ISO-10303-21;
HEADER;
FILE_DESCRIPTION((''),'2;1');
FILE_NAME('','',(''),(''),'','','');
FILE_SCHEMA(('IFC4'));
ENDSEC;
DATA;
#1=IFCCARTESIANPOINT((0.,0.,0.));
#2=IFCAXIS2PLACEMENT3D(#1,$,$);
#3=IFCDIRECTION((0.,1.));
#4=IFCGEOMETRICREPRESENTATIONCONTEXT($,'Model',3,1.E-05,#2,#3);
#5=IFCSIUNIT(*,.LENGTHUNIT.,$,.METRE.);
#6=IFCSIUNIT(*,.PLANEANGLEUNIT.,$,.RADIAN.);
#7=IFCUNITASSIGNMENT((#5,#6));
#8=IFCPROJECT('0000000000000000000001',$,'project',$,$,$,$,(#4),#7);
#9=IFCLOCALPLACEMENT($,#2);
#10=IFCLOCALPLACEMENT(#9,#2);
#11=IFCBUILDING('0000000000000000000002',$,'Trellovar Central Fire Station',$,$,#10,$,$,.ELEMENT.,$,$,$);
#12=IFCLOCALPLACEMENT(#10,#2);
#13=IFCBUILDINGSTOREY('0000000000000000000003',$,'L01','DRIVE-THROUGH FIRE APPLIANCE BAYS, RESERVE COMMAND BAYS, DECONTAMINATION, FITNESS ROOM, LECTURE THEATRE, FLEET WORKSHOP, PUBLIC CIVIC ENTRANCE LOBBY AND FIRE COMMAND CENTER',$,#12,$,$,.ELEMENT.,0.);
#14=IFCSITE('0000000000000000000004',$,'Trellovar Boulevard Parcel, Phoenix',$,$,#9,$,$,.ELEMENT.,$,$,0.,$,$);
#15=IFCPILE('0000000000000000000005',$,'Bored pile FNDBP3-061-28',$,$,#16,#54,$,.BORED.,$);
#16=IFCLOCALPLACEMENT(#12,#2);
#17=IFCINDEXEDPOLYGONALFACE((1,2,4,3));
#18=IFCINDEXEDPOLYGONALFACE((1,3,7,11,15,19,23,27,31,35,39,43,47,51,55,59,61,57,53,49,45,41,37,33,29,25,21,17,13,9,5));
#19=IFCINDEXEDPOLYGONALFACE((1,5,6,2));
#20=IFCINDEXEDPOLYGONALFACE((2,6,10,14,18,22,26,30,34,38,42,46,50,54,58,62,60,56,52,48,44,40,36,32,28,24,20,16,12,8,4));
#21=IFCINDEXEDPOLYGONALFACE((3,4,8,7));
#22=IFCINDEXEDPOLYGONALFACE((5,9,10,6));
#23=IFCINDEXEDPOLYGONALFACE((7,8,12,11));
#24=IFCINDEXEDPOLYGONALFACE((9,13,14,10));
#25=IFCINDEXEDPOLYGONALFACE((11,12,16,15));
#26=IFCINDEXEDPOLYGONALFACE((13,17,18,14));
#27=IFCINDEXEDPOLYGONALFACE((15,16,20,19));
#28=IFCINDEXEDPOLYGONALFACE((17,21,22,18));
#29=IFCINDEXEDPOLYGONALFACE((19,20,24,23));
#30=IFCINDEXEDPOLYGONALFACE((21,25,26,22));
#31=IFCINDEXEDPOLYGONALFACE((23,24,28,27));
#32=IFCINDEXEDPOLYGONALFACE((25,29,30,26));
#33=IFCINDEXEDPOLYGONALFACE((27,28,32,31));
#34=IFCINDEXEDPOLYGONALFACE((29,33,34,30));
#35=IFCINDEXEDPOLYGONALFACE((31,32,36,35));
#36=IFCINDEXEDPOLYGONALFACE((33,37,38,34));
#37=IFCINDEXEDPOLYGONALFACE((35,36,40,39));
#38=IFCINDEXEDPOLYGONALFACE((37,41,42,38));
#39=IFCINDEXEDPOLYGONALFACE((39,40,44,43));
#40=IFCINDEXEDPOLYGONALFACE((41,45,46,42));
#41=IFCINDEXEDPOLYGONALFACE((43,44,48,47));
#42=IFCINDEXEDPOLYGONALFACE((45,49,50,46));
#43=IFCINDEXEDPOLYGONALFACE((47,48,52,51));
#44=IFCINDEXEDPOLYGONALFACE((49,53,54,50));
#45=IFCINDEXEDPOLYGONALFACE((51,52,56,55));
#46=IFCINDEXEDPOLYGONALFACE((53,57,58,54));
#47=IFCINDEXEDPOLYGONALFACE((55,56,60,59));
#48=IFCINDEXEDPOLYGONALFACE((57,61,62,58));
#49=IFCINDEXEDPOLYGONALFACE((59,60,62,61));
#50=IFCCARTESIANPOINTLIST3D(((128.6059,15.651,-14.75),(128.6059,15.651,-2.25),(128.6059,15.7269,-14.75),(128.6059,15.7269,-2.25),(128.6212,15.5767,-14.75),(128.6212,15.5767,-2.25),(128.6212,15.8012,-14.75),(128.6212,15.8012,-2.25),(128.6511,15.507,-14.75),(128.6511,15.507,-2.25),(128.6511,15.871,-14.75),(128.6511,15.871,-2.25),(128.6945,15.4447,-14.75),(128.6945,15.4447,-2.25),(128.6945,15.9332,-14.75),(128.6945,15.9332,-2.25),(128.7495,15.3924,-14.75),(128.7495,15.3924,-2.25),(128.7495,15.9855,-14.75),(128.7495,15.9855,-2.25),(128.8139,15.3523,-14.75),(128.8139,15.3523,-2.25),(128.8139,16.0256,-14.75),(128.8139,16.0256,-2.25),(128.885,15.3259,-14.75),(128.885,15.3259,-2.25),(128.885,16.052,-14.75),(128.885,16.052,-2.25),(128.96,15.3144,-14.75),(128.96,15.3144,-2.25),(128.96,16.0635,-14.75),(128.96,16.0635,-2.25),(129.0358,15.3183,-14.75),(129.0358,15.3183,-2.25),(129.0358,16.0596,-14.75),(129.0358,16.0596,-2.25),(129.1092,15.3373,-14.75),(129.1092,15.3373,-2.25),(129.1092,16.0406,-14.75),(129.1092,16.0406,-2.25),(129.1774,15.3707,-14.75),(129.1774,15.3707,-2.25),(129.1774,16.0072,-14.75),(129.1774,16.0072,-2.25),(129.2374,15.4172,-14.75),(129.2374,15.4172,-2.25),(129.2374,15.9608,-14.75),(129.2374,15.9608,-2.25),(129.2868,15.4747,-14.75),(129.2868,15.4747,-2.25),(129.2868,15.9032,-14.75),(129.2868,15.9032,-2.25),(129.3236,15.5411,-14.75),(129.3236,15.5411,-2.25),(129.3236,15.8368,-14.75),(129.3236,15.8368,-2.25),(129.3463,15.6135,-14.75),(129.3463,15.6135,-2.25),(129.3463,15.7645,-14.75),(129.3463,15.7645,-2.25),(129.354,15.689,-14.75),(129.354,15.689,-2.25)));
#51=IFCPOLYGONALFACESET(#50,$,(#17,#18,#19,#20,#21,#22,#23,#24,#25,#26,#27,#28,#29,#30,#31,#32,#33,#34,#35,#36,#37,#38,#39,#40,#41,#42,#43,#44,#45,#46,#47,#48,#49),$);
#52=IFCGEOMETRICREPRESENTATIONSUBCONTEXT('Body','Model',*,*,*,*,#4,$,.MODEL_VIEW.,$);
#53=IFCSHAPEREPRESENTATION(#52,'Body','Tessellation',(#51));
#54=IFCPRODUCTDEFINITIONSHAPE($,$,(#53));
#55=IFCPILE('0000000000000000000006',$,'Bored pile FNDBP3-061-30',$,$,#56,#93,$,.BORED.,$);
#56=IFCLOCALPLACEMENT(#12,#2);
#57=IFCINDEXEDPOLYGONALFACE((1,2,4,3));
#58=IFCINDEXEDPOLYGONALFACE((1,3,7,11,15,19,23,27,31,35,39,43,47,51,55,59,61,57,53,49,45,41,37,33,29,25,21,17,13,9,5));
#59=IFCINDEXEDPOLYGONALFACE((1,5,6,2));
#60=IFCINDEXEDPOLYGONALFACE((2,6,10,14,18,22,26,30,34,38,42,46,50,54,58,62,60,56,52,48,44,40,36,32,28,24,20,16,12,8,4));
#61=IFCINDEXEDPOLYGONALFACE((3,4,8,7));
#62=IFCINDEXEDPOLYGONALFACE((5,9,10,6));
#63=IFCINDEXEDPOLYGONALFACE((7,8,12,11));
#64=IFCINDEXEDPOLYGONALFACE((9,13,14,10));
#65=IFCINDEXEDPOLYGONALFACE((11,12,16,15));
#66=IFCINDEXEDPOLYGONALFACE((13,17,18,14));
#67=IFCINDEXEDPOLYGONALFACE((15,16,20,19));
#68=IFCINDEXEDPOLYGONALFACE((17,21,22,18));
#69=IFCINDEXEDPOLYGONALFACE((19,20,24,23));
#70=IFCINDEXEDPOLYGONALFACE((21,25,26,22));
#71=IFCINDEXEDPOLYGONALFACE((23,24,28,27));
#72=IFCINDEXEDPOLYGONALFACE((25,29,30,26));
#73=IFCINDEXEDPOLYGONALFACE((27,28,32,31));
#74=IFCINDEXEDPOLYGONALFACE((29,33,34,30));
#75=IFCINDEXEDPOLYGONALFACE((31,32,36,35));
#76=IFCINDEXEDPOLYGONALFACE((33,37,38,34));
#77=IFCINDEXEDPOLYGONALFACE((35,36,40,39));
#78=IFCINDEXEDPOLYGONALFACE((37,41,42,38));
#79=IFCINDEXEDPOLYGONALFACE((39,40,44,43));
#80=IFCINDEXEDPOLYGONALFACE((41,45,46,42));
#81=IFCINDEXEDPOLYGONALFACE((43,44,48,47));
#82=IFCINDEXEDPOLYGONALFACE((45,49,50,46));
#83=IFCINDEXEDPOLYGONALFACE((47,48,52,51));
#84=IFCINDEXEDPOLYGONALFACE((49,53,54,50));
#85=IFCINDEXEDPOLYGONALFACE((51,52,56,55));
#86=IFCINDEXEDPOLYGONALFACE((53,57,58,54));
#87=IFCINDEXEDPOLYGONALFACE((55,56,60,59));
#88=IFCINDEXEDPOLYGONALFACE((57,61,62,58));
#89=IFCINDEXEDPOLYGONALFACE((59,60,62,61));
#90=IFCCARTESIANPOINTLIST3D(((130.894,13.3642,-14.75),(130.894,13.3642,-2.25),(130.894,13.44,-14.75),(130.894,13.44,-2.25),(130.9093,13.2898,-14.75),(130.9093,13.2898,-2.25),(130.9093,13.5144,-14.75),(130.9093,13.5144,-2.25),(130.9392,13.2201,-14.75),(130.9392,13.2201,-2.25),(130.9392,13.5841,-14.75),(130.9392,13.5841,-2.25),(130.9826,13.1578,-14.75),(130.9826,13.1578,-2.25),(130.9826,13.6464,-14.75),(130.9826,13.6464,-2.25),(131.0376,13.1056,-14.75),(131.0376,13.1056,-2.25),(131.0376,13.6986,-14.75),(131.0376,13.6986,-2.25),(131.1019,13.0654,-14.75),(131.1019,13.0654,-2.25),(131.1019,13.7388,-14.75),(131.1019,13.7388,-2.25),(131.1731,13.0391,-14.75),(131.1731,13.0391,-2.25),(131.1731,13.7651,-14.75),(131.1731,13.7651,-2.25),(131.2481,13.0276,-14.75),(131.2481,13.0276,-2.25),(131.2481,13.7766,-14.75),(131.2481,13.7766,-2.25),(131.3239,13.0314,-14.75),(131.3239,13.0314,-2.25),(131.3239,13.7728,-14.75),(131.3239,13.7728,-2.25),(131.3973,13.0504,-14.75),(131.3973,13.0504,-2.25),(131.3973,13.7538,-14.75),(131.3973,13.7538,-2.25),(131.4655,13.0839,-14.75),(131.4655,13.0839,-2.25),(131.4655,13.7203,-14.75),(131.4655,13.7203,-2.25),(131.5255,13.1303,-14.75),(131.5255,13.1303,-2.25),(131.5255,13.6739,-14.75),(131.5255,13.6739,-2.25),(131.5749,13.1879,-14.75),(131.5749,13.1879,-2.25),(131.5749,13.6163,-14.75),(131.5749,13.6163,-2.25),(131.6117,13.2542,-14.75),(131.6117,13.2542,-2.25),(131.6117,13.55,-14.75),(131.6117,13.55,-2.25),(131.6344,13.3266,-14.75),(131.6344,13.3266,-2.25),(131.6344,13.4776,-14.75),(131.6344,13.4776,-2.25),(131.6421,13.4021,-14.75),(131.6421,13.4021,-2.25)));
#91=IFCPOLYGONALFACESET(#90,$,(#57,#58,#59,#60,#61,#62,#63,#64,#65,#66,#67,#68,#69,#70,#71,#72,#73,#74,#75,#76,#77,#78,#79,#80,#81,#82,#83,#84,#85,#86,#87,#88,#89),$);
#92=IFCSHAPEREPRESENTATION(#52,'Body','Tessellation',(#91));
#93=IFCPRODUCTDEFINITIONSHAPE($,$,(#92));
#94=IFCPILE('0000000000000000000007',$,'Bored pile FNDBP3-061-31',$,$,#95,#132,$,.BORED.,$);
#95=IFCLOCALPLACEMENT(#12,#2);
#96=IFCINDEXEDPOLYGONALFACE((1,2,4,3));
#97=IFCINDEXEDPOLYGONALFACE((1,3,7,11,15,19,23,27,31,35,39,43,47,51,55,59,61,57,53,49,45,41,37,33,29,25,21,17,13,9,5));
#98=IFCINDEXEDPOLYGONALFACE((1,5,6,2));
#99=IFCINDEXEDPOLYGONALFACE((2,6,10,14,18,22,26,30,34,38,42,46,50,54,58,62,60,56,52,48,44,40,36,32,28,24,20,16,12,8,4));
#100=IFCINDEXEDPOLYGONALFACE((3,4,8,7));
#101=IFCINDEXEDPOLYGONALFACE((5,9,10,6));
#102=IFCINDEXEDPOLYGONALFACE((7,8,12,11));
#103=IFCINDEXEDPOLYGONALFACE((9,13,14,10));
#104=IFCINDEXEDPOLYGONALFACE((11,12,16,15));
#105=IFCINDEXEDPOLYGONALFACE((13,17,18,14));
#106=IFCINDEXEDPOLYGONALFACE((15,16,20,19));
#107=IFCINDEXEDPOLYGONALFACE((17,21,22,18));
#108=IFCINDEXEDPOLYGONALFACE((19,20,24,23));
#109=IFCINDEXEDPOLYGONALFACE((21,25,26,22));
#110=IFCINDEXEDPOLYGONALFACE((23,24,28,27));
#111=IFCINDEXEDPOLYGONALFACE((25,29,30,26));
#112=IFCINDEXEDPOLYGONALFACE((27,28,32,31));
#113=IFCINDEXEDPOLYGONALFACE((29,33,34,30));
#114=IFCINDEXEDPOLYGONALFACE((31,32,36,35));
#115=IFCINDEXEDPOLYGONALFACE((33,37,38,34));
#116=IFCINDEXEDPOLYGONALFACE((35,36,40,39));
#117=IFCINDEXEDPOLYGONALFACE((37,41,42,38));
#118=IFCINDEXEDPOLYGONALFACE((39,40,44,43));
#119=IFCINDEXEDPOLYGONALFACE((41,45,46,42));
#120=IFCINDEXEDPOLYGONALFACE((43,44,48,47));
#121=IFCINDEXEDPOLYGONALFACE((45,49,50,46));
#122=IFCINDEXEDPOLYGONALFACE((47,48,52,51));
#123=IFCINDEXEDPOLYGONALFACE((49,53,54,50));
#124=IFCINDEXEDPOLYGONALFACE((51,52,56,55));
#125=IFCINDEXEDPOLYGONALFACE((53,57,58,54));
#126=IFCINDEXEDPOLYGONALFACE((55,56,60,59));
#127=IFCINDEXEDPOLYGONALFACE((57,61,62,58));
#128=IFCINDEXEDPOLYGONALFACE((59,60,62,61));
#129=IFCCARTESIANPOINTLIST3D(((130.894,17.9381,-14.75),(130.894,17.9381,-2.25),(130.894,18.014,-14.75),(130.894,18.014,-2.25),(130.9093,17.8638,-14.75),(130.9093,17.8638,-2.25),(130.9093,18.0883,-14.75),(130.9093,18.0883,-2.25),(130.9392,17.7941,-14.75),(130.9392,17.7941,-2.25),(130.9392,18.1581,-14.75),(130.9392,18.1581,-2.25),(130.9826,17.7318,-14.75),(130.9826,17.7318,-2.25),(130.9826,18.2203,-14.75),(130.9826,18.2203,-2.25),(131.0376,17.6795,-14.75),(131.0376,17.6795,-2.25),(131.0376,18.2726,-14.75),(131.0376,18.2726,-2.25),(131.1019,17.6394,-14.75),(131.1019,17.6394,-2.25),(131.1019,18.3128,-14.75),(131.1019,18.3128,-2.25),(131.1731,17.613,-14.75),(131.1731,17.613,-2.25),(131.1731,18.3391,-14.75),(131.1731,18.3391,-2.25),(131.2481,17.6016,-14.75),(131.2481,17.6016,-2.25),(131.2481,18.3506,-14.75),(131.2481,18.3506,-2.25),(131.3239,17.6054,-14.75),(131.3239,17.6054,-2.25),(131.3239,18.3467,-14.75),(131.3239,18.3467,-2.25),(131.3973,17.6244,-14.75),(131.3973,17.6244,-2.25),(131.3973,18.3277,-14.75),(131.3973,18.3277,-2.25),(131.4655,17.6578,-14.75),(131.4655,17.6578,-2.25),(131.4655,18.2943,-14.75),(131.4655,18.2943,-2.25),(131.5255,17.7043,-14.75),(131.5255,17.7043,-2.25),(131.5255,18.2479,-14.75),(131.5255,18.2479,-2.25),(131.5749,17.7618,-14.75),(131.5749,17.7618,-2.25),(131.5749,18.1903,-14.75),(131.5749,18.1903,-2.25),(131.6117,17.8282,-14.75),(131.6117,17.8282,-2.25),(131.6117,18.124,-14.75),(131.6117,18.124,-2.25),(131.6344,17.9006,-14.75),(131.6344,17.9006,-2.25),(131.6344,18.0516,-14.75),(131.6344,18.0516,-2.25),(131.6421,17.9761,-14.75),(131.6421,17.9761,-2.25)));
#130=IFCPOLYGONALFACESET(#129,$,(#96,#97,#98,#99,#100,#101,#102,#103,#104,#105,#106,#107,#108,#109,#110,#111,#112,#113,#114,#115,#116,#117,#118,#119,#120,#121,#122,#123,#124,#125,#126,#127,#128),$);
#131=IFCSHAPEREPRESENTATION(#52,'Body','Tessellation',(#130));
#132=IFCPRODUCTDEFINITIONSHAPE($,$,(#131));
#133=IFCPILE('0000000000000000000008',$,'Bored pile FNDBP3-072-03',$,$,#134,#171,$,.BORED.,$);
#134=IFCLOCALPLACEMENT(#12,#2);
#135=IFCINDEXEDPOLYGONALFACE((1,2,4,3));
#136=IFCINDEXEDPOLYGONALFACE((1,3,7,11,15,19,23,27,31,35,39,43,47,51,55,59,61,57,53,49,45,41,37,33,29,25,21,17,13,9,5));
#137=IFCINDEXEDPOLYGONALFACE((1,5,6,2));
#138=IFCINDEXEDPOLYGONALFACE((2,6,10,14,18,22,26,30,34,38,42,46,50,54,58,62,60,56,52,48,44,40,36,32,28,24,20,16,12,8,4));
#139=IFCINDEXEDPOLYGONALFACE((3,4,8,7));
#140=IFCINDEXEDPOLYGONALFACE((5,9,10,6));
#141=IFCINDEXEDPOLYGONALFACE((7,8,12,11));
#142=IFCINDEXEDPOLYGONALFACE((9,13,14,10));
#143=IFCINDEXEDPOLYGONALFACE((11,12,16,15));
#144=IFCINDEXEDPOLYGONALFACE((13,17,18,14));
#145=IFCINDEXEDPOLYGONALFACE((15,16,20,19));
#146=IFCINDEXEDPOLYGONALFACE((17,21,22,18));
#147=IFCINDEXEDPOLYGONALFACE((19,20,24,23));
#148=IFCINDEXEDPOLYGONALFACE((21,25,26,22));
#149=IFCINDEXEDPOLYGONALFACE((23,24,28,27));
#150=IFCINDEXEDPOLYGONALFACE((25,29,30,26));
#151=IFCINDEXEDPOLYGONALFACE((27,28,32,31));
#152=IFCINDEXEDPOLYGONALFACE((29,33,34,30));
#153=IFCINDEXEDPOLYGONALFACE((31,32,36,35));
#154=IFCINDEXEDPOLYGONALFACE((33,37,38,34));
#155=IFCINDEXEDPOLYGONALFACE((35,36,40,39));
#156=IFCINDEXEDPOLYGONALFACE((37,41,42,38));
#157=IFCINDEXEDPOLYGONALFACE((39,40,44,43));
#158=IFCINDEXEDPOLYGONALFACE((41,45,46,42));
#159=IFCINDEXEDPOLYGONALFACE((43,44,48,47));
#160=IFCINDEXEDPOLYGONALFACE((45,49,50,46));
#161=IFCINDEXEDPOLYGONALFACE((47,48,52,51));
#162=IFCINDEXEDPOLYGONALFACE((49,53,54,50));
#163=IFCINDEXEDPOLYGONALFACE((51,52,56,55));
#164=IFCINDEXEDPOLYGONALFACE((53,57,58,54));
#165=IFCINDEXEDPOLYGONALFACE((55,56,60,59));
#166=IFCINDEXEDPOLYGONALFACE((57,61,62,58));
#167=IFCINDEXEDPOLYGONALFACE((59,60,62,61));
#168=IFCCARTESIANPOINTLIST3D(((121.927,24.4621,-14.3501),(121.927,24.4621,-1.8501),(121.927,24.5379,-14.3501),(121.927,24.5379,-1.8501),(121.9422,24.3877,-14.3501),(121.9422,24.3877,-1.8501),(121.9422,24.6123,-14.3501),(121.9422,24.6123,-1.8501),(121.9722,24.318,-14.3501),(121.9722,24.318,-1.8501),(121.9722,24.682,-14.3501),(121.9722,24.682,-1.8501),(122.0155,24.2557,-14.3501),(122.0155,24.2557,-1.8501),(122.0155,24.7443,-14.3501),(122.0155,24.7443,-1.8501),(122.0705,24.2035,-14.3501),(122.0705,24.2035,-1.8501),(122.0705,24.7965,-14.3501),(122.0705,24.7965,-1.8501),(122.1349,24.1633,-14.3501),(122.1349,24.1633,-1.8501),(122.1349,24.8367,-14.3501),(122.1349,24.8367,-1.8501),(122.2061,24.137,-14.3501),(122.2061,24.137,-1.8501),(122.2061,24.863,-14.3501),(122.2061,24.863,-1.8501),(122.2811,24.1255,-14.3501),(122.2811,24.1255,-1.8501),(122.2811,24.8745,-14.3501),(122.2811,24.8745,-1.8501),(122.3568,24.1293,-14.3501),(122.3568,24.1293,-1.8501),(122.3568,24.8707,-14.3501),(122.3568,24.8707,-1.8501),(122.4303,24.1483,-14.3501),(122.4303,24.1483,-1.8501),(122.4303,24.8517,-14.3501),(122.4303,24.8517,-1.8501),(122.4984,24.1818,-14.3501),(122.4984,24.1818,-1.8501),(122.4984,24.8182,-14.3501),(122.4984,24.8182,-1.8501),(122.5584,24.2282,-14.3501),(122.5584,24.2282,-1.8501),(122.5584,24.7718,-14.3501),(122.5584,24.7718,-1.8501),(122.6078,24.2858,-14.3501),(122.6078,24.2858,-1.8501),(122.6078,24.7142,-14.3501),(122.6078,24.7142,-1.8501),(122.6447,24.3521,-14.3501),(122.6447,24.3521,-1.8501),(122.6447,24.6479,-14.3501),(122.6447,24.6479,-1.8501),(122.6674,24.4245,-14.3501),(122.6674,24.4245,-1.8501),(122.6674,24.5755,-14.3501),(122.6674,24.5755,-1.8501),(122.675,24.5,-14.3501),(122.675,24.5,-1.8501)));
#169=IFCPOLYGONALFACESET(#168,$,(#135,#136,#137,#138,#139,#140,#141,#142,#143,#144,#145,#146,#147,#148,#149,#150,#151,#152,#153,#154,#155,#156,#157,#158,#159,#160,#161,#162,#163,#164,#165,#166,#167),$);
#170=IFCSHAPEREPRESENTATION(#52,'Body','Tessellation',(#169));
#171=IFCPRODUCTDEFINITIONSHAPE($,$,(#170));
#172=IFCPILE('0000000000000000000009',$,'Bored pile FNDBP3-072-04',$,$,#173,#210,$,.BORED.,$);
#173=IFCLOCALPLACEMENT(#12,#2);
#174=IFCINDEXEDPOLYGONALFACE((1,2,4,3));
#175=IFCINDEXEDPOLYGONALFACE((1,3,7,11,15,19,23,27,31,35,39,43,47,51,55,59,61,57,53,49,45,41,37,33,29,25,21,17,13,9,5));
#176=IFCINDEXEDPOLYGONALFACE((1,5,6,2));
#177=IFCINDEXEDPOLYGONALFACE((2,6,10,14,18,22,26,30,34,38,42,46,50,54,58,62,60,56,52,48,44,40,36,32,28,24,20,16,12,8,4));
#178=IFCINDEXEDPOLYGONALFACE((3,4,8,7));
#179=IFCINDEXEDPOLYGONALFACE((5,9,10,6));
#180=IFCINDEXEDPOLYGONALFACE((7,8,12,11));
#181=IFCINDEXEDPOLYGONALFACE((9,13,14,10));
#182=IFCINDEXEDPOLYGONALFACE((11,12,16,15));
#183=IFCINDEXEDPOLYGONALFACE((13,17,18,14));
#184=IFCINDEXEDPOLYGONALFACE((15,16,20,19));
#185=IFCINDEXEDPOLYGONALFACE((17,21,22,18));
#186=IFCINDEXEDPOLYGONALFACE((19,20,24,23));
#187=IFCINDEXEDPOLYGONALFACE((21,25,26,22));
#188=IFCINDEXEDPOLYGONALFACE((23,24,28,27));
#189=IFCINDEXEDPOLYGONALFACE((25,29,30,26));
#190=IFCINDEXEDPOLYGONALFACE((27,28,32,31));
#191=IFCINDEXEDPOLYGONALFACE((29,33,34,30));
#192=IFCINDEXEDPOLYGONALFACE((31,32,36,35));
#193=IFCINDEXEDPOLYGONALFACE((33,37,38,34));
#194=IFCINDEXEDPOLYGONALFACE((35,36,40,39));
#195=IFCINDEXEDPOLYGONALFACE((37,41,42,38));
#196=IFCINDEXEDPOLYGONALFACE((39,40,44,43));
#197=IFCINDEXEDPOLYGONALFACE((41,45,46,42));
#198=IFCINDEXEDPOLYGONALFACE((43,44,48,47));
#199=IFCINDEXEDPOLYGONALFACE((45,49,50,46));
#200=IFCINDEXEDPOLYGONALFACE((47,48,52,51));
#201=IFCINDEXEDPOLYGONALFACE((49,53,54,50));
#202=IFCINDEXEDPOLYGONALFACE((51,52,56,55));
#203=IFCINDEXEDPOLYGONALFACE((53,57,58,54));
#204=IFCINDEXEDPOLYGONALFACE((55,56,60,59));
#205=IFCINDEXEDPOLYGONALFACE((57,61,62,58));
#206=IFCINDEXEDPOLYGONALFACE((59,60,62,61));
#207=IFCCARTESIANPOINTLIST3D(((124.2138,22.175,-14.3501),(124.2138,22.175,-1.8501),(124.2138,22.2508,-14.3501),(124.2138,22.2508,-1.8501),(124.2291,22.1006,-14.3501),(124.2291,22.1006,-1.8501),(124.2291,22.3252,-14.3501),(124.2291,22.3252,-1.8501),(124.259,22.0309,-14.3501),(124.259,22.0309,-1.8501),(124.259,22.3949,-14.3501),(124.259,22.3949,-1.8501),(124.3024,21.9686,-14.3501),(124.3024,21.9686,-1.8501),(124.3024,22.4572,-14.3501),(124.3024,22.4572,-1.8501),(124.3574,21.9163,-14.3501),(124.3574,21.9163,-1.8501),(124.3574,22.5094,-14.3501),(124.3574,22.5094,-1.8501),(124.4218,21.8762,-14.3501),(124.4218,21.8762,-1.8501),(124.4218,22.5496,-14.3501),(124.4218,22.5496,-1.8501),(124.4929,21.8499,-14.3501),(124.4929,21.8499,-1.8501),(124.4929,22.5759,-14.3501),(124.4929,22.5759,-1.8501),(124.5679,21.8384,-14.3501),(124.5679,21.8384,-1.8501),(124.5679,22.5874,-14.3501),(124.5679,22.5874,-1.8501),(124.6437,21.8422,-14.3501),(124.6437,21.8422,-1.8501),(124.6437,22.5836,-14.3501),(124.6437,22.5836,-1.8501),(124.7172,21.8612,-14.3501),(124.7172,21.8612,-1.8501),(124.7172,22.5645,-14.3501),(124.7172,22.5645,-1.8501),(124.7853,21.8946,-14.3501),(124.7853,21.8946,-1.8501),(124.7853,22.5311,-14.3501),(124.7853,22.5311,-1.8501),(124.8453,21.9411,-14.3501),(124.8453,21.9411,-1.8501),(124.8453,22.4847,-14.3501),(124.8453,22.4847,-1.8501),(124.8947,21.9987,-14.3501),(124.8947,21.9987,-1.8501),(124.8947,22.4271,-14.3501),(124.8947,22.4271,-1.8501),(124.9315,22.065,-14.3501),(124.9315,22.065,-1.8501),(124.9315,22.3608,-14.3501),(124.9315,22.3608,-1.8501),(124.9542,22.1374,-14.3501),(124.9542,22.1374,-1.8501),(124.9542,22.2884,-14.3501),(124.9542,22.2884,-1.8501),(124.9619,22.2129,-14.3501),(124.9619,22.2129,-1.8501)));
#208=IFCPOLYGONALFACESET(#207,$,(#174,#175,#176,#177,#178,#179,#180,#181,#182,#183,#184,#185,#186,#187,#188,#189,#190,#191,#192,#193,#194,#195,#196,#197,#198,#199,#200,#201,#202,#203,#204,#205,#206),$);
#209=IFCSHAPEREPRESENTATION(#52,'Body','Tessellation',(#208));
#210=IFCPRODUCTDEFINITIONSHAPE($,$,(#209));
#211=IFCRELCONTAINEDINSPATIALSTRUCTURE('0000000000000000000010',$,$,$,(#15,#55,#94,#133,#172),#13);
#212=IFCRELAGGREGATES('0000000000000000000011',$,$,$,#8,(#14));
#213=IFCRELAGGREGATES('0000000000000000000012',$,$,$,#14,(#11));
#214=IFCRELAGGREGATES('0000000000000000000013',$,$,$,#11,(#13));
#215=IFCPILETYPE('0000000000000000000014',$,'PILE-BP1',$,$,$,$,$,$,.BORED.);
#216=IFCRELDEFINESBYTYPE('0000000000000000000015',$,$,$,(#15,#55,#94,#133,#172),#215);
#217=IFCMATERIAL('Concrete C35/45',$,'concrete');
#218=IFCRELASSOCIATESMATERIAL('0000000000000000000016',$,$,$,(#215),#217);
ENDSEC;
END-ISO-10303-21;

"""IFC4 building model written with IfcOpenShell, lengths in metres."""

from ifc_helpers import new_model, si_unit, direction, frame, origin, origin_2d, place, context, subcontext, project, spatial, circle, extrude, material, material_profile, profile_set, type_object, element, save


model = new_model("IFC4")

# Units and contexts
model_context = context("Model", 3, precision=1e-05, world=origin(), true_north=direction((0.0, 1.0)))
body_context = subcontext(model_context, "Body", "Model", "MODEL_VIEW")
ifc_project = project(units=[si_unit("LENGTHUNIT", "METRE"), si_unit("PLANEANGLEUNIT", "RADIAN")], contexts=[model_context])

# Site, building, storey
site_placement = place(None, origin())
site = spatial("IfcSite", under=ifc_project, at=site_placement, Name="Trellovar Boulevard Parcel, Phoenix", CompositionType="ELEMENT", RefElevation=0.0)
building_placement = place(site_placement, origin())
building = spatial("IfcBuilding", under=site, at=building_placement, Name="Trellovar Central Fire Station", CompositionType="ELEMENT")
storey_placement = place(building_placement, origin())
storey = spatial("IfcBuildingStorey", under=building, at=storey_placement, Name="L01", Description="DRIVE-THROUGH FIRE APPLIANCE BAYS, RESERVE COMMAND BAYS, DECONTAMINATION, FITNESS ROOM, LECTURE THEATRE, FLEET WORKSHOP, PUBLIC CIVIC ENTRANCE LOBBY AND FIRE COMMAND CENTER", CompositionType="ELEMENT", Elevation=0.0)

# Piles
ifc_material_1 = material(Name="Concrete C35/45", Category="concrete")
ifc_material_profile_1 = material_profile(ifc_material_1, circle(Radius=0.375, at=origin_2d()), Name="PILE750")
ifc_profile_set_1 = profile_set([ifc_material_profile_1], Name="Concrete C35/45")
pile_type = type_object("IfcPileType", Name="PILE-BP1", PredefinedType="BORED", material=ifc_profile_set_1)
for number, where, z_axis, x_axis, name in (
    (1, (128.979, 15.689, -2.25), (0.0, 0.0, -1.0), (1.0, 0.0, 0.0), "Bored pile FNDBP3-061-28"),
    (2, (131.2671, 13.4021, -2.25), (0.0, 0.0, -1.0), (1.0, 0.0, 0.0), "Bored pile FNDBP3-061-30"),
    (3, (131.2671, 17.9761, -2.25), (0.0, 0.0, -1.0), (1.0, 0.0, 0.0), "Bored pile FNDBP3-061-31"),
    (4, (122.3, 24.5, -1.8501), (0.0, 0.0, -1.0), (1.0, 0.0, 0.0), "Bored pile FNDBP3-072-03"),
    (5, (124.5869, 22.2129, -1.8501), (0.0, 0.0, -1.0), (1.0, 0.0, 0.0), "Bored pile FNDBP3-072-04"),
):
    element("IfcPile", number, at=place(storey_placement, frame(where, z_axis=z_axis, x_axis=x_axis)), inside=storey, type_object=pile_type, Name=name, PredefinedType="BORED", context=body_context, shape_type="SweptSolid", body=[
        extrude(circle(Radius=0.375, at=origin_2d()), origin(), (0.0, 0.0, 1.0), 12.5),
    ])

save(model, "model.ifc")
